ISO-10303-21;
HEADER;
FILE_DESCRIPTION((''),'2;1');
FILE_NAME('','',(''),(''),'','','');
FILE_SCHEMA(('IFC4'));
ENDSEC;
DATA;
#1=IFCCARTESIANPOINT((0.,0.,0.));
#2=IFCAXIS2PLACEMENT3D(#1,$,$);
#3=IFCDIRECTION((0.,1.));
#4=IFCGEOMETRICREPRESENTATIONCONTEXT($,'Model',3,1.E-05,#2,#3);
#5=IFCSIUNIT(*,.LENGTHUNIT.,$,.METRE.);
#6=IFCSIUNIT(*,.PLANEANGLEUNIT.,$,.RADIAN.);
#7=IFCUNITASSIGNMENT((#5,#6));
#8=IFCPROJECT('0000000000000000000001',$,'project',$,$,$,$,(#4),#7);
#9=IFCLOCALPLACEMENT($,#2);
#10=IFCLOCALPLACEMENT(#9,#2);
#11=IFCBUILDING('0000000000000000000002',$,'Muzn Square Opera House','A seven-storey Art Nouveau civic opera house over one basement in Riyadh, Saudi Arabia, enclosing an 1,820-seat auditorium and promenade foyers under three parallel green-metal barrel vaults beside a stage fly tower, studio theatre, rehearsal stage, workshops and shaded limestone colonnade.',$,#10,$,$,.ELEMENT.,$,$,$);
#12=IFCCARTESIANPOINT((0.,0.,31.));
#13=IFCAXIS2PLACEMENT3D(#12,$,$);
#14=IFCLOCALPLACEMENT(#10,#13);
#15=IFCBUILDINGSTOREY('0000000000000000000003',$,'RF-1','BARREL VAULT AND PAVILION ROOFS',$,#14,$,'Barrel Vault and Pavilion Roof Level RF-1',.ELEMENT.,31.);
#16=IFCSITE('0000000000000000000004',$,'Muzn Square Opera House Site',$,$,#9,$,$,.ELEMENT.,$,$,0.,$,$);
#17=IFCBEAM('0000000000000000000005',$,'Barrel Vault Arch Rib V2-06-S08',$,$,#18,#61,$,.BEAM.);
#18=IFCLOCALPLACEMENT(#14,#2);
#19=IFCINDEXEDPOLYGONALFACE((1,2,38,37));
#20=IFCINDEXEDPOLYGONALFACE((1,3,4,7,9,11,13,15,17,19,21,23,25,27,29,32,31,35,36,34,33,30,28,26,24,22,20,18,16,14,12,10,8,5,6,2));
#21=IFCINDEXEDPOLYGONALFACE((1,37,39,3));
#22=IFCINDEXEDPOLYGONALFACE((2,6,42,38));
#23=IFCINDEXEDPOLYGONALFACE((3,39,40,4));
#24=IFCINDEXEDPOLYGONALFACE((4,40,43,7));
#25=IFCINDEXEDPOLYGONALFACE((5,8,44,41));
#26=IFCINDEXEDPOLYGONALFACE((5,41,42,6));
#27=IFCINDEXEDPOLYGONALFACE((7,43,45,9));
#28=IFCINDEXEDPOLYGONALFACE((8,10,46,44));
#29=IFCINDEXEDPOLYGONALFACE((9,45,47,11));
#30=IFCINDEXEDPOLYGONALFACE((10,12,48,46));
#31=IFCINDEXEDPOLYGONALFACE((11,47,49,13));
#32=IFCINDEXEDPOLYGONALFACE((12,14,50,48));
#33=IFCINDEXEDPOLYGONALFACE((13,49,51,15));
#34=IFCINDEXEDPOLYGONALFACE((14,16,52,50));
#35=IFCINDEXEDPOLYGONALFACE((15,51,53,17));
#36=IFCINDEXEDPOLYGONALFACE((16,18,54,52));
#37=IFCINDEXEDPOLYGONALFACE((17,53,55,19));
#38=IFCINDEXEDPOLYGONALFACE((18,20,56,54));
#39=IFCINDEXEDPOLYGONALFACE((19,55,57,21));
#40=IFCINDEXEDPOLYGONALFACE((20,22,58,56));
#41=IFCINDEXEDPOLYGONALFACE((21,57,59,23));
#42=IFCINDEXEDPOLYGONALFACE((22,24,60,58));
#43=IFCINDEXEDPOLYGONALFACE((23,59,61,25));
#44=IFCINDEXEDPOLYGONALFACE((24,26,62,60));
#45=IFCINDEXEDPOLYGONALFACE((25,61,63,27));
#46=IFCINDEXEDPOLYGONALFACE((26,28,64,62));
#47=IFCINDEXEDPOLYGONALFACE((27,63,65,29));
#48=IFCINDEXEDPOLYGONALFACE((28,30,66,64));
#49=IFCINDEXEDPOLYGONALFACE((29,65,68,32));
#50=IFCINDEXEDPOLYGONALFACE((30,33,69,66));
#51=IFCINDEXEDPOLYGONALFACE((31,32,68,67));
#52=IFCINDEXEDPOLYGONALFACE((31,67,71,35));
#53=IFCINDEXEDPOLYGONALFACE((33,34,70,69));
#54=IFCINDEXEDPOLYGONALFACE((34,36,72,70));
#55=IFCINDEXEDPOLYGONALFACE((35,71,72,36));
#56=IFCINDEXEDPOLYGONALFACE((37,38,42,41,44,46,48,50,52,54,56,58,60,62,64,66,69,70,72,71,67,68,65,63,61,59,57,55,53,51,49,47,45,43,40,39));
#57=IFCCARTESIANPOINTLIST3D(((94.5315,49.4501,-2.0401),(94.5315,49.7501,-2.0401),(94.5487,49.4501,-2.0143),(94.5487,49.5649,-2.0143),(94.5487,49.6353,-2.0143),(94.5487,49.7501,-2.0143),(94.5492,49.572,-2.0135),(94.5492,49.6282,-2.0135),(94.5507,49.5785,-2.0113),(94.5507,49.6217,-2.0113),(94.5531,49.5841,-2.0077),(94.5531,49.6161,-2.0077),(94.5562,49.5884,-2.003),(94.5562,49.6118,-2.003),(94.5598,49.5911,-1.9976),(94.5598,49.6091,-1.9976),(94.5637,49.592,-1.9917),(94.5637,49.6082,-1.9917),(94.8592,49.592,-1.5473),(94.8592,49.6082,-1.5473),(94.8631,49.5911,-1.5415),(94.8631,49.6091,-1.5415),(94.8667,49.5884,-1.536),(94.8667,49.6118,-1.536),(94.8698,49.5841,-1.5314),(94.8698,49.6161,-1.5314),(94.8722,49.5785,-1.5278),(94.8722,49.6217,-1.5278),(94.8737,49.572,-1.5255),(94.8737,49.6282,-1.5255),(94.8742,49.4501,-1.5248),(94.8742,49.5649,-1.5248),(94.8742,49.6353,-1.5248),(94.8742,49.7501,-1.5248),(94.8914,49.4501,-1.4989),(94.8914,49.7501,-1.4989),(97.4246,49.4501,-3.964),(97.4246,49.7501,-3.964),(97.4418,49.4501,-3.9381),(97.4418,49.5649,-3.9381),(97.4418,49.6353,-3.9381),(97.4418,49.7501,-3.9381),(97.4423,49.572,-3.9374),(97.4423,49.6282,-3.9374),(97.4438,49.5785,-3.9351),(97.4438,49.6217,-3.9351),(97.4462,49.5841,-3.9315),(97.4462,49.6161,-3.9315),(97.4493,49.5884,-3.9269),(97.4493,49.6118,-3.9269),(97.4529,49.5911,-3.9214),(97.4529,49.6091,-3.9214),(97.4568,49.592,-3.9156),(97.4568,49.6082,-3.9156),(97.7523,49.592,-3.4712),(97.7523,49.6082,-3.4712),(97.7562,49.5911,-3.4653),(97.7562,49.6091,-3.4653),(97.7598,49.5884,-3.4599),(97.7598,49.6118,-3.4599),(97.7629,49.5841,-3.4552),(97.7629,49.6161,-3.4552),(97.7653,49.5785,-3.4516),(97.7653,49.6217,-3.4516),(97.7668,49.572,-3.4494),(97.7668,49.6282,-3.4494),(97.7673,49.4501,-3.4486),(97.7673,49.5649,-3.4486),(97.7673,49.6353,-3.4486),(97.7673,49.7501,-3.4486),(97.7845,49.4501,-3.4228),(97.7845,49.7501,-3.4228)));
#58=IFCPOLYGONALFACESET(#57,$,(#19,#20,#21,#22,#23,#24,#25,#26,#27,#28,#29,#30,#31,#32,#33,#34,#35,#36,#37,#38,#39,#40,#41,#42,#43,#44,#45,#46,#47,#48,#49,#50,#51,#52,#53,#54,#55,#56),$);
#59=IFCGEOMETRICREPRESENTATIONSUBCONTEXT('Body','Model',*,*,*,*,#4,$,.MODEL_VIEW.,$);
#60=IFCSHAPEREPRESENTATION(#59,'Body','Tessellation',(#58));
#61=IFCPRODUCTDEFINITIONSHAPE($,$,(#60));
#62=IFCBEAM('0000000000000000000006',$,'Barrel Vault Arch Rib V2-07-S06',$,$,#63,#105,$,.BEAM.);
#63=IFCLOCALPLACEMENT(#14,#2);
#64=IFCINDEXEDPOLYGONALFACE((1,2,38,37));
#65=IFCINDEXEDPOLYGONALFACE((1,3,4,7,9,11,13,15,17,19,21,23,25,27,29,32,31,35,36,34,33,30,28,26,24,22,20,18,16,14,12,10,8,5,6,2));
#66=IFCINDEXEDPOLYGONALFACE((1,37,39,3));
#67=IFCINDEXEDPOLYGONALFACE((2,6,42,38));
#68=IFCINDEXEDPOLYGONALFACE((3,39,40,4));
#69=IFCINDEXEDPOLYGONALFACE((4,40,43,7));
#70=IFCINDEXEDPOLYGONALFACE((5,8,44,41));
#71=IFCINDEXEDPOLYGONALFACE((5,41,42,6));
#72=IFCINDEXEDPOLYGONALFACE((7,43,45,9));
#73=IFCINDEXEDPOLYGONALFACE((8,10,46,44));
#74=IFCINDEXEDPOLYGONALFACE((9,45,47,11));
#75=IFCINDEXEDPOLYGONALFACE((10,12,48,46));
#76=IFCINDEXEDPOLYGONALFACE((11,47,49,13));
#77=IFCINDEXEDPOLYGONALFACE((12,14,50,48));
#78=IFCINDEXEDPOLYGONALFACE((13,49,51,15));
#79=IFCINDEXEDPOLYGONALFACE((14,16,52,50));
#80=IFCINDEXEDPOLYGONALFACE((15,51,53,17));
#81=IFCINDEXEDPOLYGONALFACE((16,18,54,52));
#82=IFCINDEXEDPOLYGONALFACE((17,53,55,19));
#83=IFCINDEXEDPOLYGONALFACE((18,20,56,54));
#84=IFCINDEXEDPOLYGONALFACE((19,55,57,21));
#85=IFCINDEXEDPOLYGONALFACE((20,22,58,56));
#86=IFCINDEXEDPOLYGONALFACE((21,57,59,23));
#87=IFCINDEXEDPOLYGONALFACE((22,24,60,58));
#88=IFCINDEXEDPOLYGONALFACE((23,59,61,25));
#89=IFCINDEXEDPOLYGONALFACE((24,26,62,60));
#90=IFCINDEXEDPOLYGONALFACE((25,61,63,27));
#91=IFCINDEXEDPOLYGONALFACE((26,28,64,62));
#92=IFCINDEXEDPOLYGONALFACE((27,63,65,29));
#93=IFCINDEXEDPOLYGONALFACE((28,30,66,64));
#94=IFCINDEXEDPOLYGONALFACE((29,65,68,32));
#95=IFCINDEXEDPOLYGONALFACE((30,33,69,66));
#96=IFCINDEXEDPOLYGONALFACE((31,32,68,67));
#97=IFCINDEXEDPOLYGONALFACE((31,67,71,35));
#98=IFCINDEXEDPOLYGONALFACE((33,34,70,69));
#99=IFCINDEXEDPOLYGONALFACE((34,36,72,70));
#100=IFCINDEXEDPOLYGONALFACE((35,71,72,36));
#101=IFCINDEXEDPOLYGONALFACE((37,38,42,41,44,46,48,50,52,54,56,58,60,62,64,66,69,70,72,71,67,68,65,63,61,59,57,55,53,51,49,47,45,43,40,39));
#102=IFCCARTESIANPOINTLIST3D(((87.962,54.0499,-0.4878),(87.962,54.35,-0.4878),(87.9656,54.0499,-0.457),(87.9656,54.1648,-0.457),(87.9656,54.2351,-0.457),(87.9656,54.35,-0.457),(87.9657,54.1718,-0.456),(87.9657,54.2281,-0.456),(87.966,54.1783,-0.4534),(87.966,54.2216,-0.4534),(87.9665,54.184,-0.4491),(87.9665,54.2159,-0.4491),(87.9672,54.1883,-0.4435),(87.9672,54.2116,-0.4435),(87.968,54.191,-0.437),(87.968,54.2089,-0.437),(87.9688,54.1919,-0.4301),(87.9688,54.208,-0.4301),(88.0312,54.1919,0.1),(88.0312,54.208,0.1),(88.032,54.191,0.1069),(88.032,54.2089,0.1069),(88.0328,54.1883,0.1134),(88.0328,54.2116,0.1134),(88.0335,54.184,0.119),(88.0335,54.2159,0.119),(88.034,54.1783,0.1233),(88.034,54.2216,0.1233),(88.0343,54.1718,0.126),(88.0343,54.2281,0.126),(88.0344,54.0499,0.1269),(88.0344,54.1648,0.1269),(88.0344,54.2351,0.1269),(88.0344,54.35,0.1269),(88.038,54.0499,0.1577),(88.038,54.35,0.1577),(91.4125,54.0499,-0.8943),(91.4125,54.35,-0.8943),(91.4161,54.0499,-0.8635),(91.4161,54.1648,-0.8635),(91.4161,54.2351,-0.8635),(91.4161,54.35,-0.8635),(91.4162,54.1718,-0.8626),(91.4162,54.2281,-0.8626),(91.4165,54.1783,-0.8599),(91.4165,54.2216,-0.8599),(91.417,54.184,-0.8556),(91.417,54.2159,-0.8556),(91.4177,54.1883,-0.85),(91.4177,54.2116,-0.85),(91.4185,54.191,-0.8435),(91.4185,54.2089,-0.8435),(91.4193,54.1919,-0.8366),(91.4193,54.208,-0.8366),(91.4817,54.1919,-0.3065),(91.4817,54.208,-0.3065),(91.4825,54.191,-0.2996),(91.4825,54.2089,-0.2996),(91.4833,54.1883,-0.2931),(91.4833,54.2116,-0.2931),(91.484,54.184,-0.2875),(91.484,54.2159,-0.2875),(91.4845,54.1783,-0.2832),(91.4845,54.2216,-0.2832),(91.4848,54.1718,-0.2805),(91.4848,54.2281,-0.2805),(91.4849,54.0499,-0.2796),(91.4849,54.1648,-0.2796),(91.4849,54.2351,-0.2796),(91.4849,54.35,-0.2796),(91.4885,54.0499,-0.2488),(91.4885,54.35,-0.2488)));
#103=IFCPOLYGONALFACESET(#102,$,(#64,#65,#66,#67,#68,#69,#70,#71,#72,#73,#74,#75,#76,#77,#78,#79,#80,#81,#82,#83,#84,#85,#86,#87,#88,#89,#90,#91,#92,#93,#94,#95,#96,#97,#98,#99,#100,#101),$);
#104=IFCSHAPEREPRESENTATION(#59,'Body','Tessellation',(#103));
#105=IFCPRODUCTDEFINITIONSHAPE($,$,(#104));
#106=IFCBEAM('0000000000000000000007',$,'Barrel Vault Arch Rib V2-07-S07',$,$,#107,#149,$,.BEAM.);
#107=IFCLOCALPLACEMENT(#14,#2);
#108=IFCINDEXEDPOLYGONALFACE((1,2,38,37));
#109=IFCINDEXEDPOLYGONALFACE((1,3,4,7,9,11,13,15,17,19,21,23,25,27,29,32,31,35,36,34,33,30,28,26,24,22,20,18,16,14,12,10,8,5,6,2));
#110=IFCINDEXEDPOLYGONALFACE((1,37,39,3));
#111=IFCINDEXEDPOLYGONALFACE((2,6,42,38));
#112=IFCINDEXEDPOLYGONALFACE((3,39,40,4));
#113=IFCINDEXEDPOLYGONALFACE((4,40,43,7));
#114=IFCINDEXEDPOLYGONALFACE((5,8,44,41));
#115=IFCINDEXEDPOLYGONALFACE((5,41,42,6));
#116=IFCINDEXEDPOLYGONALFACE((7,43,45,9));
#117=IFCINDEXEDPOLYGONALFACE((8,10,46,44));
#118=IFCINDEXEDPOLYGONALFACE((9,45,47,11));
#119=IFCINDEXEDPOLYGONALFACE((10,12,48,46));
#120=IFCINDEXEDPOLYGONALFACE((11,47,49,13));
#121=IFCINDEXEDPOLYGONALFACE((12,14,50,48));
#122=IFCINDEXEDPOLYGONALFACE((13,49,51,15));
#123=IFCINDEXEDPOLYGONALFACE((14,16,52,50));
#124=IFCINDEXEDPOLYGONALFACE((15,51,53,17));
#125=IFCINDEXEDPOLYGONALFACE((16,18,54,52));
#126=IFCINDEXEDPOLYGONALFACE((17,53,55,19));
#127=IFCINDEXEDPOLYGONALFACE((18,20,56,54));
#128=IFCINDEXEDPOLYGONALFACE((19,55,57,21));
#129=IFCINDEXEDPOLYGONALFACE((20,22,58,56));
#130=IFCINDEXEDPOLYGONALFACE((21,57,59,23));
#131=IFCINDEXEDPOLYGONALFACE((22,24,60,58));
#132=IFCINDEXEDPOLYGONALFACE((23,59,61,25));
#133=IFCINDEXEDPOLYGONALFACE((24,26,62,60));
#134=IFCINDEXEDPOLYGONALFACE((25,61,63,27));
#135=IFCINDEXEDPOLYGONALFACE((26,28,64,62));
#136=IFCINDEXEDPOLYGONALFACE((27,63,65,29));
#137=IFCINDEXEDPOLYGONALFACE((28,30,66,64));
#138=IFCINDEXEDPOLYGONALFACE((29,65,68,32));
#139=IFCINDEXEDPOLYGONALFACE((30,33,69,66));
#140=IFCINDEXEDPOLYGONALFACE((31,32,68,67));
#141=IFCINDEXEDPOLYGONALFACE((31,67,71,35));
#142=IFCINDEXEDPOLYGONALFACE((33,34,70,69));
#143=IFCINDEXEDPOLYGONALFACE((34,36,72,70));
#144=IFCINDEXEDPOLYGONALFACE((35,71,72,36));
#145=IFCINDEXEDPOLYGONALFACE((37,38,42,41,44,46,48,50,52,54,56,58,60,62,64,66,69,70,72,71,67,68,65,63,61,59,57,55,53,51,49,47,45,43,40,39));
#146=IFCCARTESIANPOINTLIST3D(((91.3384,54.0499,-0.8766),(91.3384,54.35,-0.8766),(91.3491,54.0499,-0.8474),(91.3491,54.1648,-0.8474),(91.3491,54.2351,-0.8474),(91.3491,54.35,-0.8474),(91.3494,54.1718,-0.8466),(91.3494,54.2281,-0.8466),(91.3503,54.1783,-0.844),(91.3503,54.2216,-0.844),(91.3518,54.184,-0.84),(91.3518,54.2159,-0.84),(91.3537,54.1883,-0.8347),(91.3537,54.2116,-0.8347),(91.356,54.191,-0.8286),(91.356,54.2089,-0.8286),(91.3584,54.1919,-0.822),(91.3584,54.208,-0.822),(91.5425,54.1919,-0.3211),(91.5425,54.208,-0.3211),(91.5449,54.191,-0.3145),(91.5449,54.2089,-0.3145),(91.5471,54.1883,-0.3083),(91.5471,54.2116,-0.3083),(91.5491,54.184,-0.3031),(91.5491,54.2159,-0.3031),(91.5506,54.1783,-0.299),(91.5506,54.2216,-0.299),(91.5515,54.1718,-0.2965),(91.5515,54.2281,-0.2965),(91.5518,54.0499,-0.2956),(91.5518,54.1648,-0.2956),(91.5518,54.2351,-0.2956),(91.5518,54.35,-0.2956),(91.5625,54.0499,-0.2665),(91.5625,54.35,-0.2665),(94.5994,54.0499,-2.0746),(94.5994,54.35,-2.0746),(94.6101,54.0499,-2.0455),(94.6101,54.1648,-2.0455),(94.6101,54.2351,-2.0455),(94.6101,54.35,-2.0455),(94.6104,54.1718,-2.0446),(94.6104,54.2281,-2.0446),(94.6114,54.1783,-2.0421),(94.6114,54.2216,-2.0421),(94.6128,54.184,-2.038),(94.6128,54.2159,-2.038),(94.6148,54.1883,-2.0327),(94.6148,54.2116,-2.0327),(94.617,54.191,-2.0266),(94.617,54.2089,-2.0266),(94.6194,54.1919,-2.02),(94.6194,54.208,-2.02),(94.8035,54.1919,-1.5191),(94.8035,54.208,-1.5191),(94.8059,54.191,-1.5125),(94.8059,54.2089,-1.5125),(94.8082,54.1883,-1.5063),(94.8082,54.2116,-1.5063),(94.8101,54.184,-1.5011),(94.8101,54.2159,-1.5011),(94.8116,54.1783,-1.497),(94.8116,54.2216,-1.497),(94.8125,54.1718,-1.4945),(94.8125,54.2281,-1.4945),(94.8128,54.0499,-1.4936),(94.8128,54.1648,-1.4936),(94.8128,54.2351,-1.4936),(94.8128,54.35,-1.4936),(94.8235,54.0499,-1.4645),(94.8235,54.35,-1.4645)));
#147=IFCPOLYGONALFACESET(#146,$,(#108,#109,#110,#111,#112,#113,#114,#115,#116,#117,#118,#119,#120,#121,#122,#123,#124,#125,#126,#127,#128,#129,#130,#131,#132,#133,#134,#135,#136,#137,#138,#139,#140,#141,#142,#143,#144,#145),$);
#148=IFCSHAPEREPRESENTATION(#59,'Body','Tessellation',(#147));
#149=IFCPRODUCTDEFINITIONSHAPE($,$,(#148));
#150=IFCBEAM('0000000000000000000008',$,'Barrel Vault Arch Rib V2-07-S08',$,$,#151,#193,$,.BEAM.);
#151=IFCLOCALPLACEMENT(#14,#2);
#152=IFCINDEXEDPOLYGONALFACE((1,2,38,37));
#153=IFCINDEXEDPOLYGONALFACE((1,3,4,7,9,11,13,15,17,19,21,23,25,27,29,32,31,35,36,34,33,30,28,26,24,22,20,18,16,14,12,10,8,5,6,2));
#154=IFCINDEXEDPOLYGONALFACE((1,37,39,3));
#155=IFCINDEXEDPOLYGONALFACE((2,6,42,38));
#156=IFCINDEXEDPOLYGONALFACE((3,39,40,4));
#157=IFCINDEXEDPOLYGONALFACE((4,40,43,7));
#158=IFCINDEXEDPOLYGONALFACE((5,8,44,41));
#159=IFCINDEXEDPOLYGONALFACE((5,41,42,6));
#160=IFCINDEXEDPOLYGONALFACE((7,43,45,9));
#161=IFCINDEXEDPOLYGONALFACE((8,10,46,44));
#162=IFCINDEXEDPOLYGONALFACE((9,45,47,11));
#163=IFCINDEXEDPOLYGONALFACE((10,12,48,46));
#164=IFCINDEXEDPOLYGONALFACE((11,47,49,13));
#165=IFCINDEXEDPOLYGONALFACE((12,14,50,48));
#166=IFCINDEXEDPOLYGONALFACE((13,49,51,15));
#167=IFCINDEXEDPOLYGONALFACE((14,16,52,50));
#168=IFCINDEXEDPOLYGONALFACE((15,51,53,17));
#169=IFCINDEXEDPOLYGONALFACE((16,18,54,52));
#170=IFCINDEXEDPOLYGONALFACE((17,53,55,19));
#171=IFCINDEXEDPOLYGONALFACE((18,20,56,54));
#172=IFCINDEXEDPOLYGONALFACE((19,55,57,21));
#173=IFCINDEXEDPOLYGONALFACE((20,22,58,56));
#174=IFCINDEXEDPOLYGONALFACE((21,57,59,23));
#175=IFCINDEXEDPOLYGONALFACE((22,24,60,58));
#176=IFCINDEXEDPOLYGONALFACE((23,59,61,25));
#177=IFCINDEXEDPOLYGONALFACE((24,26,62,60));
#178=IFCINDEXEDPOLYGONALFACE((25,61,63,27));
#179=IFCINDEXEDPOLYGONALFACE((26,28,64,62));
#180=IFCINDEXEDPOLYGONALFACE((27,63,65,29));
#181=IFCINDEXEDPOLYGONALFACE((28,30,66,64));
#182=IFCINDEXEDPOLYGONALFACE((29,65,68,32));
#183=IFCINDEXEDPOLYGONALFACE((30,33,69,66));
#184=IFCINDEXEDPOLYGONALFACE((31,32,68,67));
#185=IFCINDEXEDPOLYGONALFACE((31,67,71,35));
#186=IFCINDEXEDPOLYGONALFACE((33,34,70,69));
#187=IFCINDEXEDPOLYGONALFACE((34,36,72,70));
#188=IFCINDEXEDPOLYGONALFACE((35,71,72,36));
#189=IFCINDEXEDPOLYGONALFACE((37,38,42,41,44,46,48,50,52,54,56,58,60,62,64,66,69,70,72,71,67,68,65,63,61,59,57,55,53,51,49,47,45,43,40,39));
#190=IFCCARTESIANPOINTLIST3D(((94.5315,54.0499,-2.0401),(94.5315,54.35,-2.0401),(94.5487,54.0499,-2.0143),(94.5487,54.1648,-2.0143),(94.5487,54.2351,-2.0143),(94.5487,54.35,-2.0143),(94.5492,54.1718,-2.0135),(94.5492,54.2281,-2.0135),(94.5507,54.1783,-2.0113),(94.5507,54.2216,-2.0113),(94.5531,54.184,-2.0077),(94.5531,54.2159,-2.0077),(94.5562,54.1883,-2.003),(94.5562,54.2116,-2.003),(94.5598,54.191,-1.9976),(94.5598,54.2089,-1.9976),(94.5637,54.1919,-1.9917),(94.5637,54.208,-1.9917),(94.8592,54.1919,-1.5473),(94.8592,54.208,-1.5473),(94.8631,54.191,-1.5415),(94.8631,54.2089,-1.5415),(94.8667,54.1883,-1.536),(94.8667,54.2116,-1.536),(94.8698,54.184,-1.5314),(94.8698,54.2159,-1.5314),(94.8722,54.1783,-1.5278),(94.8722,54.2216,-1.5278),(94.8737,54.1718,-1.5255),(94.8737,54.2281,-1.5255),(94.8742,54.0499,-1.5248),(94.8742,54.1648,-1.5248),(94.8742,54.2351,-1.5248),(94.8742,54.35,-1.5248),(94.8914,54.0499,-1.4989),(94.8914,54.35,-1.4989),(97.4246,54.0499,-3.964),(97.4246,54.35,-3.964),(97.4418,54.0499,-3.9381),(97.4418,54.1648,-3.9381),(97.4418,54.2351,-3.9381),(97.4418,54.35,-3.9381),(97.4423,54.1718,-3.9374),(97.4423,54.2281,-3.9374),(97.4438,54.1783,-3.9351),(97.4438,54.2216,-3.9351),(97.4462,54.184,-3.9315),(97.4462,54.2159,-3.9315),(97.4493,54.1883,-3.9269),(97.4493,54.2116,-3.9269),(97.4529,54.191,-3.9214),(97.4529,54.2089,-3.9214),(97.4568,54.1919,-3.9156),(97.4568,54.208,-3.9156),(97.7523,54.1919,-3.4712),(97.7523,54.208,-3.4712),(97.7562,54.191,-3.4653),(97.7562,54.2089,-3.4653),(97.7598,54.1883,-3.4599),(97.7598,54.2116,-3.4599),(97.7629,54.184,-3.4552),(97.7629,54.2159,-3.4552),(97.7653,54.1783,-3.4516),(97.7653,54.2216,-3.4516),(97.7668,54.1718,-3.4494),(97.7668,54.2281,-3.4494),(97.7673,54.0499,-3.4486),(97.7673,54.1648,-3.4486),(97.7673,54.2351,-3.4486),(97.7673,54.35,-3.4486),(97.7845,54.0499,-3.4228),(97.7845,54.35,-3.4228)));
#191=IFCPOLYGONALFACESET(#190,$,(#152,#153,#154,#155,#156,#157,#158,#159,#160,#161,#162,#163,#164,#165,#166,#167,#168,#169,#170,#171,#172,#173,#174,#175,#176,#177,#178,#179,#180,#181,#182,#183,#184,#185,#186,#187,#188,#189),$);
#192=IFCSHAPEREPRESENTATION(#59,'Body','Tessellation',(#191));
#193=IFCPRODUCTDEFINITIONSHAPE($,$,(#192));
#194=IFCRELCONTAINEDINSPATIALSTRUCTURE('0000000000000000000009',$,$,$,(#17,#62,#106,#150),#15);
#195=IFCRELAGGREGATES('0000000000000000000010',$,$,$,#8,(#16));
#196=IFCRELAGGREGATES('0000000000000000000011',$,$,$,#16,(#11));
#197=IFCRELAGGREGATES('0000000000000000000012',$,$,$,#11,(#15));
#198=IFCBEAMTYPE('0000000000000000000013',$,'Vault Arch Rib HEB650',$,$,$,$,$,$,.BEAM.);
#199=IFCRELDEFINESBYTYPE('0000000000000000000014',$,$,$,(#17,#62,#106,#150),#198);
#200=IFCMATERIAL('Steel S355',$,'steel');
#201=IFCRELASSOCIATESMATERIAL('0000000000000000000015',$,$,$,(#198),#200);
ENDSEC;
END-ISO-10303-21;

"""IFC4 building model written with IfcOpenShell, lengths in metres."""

from ifc_helpers import new_model, si_unit, direction, frame, origin, origin_2d, place, context, subcontext, project, spatial, i_section, extrude, material, material_profile, profile_set, type_object, element, save


model = new_model("IFC4")

# Units and contexts
model_context = context("Model", 3, precision=1e-05, world=origin(), true_north=direction((0.0, 1.0)))
body_context = subcontext(model_context, "Body", "Model", "MODEL_VIEW")
ifc_project = project(units=[si_unit("LENGTHUNIT", "METRE"), si_unit("PLANEANGLEUNIT", "RADIAN")], contexts=[model_context])

# Site, building, storey
site_placement = place(None, origin())
site = spatial("IfcSite", under=ifc_project, at=site_placement, Name="Muzn Square Opera House Site", CompositionType="ELEMENT", RefElevation=0.0)
building_placement = place(site_placement, origin())
building = spatial("IfcBuilding", under=site, at=building_placement, Name="Muzn Square Opera House", Description="A seven-storey Art Nouveau civic opera house over one basement in Riyadh, Saudi Arabia, enclosing an 1,820-seat auditorium and promenade foyers under three parallel green-metal barrel vaults beside a stage fly tower, studio theatre, rehearsal stage, workshops and shaded limestone colonnade.", CompositionType="ELEMENT")
storey_placement = place(building_placement, frame((0.0, 0.0, 31.0)))
storey = spatial("IfcBuildingStorey", under=building, at=storey_placement, Name="RF-1", Description="BARREL VAULT AND PAVILION ROOFS", LongName="Barrel Vault and Pavilion Roof Level RF-1", CompositionType="ELEMENT", Elevation=31.0)

# Beams
ifc_material_1 = material(Name="Steel S355", Category="steel")
ifc_material_profile_1 = material_profile(ifc_material_1, i_section(OverallWidth=0.3, OverallDepth=0.6499, WebThickness=0.0161, FlangeThickness=0.031, FilletRadius=0.0271, at=origin_2d()), Name="HEB 650", Category="steel")
ifc_profile_set_1 = profile_set([ifc_material_profile_1], Name="Steel S355")
beam_type_1 = type_object("IfcBeamType", Name="Vault Arch Rib HEB650", PredefinedType="BEAM", material=ifc_profile_set_1)
for number, where, z_axis, x_axis, name in (
    (1, (94.7114, 49.6001, -1.7695), (0.832698, 0.0, -0.553727), (0.0, 1.0, 0.0), "Barrel Vault Arch Rib V2-06-S08"),
    (2, (88.0, 54.2, -0.165), (0.993132, 0.0, -0.117), (0.0, 1.0, 0.0), "Barrel Vault Arch Rib V2-07-S06"),
):
    element("IfcBeam", number, at=place(storey_placement, frame(where, z_axis=z_axis, x_axis=x_axis)), inside=storey, type_object=beam_type_1, Name=name, PredefinedType="BEAM", context=body_context, shape_type="SweptSolid", body=[
        extrude(i_section(OverallWidth=0.3, OverallDepth=0.6499, WebThickness=0.0161, FlangeThickness=0.031, FilletRadius=0.0271, at=origin_2d()), origin(), (0.0, 0.0, 1.0), 3.4744),
    ])
beam_1_placement = place(storey_placement, frame((91.4504, 54.2, -0.5715), z_axis=(0.938662, 0.0, -0.344839), x_axis=(0.0, 1.0, 0.0)))
element("IfcBeam", 3, at=beam_1_placement, inside=storey, type_object=beam_type_1, Name="Barrel Vault Arch Rib V2-07-S07", PredefinedType="BEAM", context=body_context, shape_type="SweptSolid", body=[
    extrude(i_section(OverallWidth=0.3, OverallDepth=0.6499, WebThickness=0.0161, FlangeThickness=0.031, FilletRadius=0.0271, at=origin_2d()), origin(), (0.0, 0.0, 1.0), 3.4741),
])
for number, where, z_axis, x_axis, name in (
    (4, (94.7114, 54.2, -1.7695), (0.832698, 0.0, -0.553727), (0.0, 1.0, 0.0), "Barrel Vault Arch Rib V2-07-S08"),
):
    element("IfcBeam", number, at=place(storey_placement, frame(where, z_axis=z_axis, x_axis=x_axis)), inside=storey, type_object=beam_type_1, Name=name, PredefinedType="BEAM", context=body_context, shape_type="SweptSolid", body=[
        extrude(i_section(OverallWidth=0.3, OverallDepth=0.6499, WebThickness=0.0161, FlangeThickness=0.031, FilletRadius=0.0271, at=origin_2d()), origin(), (0.0, 0.0, 1.0), 3.4744),
    ])

save(model, "model.ifc")
